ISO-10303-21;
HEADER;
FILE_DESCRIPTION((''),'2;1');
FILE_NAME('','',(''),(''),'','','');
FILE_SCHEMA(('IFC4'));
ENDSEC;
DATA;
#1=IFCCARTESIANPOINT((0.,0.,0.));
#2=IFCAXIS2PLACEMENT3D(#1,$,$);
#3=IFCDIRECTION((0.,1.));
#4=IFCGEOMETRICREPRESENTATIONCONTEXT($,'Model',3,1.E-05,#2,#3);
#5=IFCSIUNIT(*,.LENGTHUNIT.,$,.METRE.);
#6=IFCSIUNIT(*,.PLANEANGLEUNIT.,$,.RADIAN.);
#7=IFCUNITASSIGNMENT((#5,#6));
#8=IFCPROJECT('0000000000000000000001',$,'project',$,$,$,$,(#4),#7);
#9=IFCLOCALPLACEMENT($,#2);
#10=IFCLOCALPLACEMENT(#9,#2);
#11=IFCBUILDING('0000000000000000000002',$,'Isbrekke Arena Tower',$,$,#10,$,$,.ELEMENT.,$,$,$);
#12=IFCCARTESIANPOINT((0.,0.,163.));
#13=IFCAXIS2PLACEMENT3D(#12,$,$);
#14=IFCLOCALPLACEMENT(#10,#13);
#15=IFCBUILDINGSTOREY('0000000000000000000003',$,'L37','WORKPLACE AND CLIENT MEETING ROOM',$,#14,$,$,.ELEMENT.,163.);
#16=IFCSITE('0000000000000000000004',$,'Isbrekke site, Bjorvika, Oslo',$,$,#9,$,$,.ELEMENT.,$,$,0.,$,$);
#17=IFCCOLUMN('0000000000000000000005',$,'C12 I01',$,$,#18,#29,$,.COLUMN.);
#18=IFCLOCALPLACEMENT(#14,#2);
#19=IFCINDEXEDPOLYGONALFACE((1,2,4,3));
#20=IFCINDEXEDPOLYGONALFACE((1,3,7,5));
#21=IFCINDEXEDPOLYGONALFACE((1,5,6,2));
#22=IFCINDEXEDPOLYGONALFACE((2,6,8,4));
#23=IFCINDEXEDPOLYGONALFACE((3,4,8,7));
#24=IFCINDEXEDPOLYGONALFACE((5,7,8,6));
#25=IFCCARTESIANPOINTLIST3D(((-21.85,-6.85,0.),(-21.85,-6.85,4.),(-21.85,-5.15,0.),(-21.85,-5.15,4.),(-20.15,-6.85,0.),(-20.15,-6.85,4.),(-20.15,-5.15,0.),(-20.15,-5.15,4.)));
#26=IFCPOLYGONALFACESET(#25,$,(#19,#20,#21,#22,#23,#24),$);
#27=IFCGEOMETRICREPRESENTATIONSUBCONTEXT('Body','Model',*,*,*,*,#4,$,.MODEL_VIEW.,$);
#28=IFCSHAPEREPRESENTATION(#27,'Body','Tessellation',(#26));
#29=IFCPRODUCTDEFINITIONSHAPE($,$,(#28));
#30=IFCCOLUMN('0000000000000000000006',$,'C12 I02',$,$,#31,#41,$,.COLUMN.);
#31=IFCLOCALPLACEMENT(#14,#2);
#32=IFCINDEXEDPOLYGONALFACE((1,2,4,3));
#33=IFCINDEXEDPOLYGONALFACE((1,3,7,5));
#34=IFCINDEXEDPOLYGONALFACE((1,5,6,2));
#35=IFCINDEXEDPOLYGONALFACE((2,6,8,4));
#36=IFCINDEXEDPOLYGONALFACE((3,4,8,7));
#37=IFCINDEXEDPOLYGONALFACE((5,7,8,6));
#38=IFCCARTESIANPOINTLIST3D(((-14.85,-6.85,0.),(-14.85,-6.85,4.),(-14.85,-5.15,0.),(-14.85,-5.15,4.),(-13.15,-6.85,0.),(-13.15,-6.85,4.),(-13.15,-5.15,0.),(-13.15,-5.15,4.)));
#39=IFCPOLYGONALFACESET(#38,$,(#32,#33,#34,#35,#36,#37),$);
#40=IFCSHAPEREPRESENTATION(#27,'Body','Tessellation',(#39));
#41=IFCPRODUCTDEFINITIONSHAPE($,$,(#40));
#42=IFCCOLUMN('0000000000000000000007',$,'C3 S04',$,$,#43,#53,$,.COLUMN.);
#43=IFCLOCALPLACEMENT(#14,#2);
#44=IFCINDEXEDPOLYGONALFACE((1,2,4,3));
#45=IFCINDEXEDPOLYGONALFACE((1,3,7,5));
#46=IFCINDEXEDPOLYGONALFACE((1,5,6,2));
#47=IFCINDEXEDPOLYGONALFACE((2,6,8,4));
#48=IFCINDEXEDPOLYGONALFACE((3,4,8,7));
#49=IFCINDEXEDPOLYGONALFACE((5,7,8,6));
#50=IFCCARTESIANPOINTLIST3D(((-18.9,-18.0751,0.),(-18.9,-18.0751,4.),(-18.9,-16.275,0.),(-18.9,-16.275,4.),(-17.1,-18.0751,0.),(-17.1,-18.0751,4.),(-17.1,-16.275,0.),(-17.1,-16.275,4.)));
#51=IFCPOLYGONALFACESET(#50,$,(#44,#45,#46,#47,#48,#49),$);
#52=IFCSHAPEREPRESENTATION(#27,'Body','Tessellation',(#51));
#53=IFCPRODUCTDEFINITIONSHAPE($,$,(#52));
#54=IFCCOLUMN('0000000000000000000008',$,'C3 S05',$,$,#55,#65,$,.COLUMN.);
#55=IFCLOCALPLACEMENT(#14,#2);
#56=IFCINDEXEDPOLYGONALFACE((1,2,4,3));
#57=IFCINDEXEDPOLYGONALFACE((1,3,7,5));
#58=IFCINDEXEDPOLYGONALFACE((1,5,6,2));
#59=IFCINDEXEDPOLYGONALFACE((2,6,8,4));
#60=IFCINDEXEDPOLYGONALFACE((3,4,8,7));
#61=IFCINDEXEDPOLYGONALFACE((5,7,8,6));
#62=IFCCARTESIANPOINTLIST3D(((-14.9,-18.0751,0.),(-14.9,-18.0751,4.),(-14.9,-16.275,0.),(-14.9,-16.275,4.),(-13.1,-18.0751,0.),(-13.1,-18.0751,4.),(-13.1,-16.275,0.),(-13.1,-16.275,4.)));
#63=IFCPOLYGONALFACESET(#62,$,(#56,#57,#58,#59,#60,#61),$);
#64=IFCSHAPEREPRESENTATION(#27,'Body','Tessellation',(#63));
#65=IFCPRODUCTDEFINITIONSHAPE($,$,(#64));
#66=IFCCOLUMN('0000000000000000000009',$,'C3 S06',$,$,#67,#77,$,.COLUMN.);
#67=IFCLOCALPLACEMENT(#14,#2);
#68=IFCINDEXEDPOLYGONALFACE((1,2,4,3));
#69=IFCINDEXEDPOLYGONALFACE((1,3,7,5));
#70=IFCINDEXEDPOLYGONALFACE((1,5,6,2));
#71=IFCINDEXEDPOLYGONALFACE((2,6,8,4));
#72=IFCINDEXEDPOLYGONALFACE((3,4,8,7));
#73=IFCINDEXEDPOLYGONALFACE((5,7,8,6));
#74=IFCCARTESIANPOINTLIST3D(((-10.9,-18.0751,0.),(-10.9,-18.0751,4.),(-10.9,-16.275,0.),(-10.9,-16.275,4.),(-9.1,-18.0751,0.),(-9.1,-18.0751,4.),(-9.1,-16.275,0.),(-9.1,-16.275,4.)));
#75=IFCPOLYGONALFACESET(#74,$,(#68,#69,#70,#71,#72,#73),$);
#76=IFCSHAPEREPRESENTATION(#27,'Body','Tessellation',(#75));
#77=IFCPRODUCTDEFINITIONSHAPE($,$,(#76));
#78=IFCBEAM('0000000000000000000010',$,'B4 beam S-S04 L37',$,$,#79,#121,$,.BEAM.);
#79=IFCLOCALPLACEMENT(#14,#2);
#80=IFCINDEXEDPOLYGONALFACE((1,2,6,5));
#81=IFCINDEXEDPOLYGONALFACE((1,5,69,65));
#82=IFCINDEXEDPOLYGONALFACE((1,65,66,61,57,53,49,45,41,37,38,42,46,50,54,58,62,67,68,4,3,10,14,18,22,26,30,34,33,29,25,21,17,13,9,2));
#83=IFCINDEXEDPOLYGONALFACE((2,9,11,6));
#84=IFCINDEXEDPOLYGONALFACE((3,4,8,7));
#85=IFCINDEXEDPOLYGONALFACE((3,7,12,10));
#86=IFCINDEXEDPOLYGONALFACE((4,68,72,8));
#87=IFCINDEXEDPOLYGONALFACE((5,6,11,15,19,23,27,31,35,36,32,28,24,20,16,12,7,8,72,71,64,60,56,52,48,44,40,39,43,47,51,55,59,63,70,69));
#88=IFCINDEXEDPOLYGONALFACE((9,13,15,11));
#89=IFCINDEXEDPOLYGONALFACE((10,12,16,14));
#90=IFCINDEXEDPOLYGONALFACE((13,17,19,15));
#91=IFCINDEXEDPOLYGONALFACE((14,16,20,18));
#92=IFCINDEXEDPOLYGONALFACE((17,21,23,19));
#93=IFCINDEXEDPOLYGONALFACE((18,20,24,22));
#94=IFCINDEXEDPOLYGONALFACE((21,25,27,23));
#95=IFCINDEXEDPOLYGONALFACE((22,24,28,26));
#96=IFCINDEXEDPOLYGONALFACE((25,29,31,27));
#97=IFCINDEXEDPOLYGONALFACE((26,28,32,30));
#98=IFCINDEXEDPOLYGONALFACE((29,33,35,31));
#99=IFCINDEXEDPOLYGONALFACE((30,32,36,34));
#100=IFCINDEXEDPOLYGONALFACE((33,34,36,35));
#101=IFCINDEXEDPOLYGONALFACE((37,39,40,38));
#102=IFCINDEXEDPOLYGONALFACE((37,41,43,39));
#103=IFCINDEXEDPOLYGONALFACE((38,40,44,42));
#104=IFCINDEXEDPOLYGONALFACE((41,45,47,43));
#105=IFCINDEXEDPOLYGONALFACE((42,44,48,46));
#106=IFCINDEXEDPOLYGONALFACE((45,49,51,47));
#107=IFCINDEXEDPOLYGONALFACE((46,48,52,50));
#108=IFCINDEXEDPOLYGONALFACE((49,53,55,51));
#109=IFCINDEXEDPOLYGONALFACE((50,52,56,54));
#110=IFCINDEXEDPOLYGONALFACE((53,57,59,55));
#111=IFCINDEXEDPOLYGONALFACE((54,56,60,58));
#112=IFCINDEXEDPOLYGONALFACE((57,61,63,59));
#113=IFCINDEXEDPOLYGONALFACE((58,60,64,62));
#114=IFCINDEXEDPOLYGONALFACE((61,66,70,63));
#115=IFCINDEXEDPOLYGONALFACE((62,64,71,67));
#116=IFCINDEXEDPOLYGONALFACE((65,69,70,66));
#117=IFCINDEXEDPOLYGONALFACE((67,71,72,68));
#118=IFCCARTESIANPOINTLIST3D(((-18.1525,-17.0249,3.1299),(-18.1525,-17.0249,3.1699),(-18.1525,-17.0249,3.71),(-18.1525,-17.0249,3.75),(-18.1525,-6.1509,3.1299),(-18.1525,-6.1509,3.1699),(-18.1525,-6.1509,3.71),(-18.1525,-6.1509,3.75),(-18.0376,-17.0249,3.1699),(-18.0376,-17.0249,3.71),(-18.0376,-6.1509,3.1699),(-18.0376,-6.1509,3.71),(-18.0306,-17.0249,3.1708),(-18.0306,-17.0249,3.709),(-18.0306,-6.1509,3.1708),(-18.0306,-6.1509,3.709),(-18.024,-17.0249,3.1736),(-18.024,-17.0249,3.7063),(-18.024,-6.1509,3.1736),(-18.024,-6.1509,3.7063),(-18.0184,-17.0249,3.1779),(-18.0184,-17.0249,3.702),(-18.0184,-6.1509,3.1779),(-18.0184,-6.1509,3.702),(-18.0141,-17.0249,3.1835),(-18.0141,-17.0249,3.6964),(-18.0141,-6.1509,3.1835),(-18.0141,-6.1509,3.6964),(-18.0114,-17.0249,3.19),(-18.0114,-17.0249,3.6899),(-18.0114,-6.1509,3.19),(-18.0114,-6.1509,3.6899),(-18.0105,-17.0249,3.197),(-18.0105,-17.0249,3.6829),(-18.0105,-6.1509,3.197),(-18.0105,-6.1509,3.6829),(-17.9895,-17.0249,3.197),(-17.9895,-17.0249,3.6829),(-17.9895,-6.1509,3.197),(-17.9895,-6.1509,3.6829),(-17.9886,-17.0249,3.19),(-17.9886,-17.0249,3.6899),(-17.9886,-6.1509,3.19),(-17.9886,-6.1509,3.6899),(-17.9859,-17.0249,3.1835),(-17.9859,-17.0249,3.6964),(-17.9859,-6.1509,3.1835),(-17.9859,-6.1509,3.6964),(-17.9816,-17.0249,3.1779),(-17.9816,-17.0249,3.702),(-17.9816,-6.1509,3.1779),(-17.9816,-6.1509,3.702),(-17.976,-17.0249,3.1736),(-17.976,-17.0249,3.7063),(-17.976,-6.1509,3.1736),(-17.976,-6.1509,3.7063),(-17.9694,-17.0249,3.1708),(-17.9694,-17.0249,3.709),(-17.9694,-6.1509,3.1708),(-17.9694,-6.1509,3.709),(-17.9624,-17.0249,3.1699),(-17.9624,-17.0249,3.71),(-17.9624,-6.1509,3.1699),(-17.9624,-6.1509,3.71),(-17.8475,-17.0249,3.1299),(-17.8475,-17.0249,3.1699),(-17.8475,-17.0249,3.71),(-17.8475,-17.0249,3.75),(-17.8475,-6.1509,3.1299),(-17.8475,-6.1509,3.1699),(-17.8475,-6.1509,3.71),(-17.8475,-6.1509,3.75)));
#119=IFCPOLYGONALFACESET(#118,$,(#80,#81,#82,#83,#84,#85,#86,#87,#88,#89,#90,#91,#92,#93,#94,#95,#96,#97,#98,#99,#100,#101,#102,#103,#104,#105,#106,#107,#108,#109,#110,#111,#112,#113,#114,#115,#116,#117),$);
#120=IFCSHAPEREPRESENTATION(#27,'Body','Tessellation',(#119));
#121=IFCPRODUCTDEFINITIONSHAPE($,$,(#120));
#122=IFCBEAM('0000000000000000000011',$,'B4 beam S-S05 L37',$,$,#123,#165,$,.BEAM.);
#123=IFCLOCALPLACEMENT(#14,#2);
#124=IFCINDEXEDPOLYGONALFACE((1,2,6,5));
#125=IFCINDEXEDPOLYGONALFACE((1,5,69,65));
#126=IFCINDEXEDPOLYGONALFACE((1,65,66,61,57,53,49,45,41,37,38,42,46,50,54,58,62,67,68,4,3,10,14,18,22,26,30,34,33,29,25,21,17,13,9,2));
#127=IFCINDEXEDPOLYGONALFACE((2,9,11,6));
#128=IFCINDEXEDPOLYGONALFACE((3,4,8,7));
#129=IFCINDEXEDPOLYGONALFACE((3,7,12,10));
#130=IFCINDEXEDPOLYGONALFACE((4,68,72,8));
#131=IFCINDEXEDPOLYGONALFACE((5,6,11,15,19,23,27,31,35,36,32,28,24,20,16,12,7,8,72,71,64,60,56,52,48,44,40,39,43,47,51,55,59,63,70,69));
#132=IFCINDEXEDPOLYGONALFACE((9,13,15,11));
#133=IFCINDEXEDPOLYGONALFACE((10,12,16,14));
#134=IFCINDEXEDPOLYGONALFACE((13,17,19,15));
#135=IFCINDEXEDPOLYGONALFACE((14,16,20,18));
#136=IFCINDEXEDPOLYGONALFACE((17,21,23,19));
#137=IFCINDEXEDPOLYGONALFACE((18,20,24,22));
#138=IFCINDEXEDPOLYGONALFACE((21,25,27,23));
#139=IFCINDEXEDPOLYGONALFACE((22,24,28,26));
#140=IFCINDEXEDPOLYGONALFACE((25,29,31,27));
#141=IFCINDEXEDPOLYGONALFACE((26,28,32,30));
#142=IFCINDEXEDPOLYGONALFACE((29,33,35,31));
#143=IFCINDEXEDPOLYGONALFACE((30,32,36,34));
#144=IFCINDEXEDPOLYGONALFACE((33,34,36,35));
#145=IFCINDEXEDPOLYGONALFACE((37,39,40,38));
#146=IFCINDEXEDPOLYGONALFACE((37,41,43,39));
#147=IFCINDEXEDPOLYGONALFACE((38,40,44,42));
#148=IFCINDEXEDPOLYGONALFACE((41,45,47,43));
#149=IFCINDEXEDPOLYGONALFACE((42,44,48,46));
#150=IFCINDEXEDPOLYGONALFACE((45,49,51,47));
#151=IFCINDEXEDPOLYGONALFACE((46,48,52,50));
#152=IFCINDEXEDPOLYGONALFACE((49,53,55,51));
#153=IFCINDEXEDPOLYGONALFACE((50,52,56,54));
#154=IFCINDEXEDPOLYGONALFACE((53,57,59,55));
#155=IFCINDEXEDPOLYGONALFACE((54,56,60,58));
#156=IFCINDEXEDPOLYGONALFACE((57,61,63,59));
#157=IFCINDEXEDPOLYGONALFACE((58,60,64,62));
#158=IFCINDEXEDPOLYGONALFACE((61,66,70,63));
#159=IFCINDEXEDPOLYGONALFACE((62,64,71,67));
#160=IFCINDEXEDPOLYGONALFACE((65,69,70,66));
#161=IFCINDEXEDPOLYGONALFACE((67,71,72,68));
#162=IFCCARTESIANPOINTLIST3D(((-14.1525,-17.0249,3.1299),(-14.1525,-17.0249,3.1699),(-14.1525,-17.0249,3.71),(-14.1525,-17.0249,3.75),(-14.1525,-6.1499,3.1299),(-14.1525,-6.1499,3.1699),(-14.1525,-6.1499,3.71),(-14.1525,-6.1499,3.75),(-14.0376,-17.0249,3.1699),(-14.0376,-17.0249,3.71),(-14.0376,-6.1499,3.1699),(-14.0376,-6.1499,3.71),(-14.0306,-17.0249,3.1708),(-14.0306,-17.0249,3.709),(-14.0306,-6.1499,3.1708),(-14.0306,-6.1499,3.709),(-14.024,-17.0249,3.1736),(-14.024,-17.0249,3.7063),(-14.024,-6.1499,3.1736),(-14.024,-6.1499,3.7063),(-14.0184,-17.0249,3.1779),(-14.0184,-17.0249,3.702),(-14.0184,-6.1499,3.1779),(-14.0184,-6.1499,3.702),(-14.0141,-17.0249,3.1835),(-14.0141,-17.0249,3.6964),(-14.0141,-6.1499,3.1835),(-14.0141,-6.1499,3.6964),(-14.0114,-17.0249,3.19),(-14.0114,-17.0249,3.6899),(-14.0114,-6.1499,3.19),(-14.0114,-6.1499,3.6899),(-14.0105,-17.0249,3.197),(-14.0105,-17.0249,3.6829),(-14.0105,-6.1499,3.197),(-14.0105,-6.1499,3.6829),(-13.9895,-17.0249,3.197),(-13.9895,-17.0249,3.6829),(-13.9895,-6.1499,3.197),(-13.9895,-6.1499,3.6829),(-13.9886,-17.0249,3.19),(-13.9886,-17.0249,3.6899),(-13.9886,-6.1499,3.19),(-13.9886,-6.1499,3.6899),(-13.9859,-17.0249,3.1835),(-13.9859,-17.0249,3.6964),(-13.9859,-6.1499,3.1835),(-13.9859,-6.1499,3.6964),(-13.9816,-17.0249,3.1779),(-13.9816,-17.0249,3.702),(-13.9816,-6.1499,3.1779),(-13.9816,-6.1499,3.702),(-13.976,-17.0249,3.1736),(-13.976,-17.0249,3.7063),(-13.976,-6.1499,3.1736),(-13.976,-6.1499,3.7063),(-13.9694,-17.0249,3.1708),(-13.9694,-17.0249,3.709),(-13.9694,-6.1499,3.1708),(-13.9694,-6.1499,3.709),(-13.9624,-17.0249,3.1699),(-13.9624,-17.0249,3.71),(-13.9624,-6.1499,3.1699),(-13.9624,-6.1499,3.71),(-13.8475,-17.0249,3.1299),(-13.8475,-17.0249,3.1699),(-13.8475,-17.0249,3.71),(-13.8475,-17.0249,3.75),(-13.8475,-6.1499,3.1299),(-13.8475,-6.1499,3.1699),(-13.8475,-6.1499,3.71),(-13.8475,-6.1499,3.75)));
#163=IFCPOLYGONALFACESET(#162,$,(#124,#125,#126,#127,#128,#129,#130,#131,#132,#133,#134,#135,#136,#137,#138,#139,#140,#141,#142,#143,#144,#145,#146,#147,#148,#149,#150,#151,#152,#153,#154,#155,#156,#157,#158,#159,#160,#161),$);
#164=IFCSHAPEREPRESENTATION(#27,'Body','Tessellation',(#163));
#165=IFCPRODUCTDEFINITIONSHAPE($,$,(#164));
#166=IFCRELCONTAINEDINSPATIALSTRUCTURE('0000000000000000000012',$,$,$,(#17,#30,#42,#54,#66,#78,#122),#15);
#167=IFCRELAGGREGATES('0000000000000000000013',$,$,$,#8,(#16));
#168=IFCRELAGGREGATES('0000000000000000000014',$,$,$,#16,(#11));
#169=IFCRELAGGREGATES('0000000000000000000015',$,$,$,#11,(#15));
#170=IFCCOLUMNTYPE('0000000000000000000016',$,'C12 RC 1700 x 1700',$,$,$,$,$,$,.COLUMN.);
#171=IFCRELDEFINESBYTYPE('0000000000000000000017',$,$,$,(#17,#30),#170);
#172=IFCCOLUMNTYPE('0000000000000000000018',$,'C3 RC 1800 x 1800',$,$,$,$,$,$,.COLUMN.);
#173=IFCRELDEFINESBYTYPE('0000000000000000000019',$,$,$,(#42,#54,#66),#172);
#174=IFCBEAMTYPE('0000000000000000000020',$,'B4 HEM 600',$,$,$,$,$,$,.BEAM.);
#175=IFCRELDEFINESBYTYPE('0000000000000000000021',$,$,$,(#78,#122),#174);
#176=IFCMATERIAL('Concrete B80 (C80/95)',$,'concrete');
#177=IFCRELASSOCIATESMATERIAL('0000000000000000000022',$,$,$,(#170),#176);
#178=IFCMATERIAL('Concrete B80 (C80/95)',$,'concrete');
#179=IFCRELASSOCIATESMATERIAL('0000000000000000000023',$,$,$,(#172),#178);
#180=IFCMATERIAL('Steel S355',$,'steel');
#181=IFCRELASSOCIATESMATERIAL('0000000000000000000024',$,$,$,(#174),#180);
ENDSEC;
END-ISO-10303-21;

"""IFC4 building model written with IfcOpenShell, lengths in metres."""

from ifc_helpers import new_model, si_unit, direction, frame, origin, origin_2d, place, context, subcontext, project, spatial, rectangle, i_section, extrude, material, material_profile, profile_set, type_object, element, save


model = new_model("IFC4")

# Units and contexts
model_context = context("Model", 3, precision=1e-05, world=origin(), true_north=direction((0.0, 1.0)))
body_context = subcontext(model_context, "Body", "Model", "MODEL_VIEW")
ifc_project = project(units=[si_unit("LENGTHUNIT", "METRE"), si_unit("PLANEANGLEUNIT", "RADIAN")], contexts=[model_context])

# Site, building, storey
site_placement = place(None, origin())
site = spatial("IfcSite", under=ifc_project, at=site_placement, Name="Isbrekke site, Bjorvika, Oslo", CompositionType="ELEMENT", RefElevation=0.0)
building_placement = place(site_placement, origin())
building = spatial("IfcBuilding", under=site, at=building_placement, Name="Isbrekke Arena Tower", CompositionType="ELEMENT")
storey_placement = place(building_placement, frame((0.0, 0.0, 163.0)))
storey = spatial("IfcBuildingStorey", under=building, at=storey_placement, Name="L37", Description="WORKPLACE AND CLIENT MEETING ROOM", CompositionType="ELEMENT", Elevation=163.0)

# Columns
ifc_material_1 = material(Name="Concrete B80 (C80/95)", Category="concrete")
ifc_material_profile_1 = material_profile(ifc_material_1, rectangle(XDim=1.7, YDim=1.7, at=origin_2d()), Name="RC 1700x1700")
ifc_profile_set_1 = profile_set([ifc_material_profile_1], Name="Concrete B80 (C80/95)")
column_type_1 = type_object("IfcColumnType", Name="C12 RC 1700 x 1700", PredefinedType="COLUMN", material=ifc_profile_set_1)
for number, where, z_axis, x_axis, name in (
    (1, (-21.0, -6.0, 0.0), (0.0, 0.0, 1.0), (1.0, 0.0, 0.0), "C12 I01"),
    (2, (-14.0, -6.0, 0.0), (0.0, 0.0, 1.0), (1.0, 0.0, 0.0), "C12 I02"),
):
    element("IfcColumn", number, at=place(storey_placement, frame(where, z_axis=z_axis, x_axis=x_axis)), inside=storey, type_object=column_type_1, Name=name, PredefinedType="COLUMN", context=body_context, shape_type="SweptSolid", body=[
        extrude(rectangle(XDim=1.7, YDim=1.7, at=origin_2d()), origin(), (0.0, 0.0, 1.0), 4.0),
    ])
ifc_material_2 = material(Name="Concrete B80 (C80/95)", Category="concrete")
ifc_material_profile_2 = material_profile(ifc_material_2, rectangle(XDim=1.8, YDim=1.8, at=origin_2d()), Name="RC 1800x1800")
ifc_profile_set_2 = profile_set([ifc_material_profile_2], Name="Concrete B80 (C80/95)")
column_type_2 = type_object("IfcColumnType", Name="C3 RC 1800 x 1800", PredefinedType="COLUMN", material=ifc_profile_set_2)
for number, where, z_axis, x_axis, name in (
    (3, (-18.0, -17.175, 0.0), (0.0, 0.0, 1.0), (1.0, 0.0, 0.0), "C3 S04"),
    (4, (-14.0, -17.175, 0.0), (0.0, 0.0, 1.0), (1.0, 0.0, 0.0), "C3 S05"),
    (5, (-10.0, -17.175, 0.0), (0.0, 0.0, 1.0), (1.0, 0.0, 0.0), "C3 S06"),
):
    element("IfcColumn", number, at=place(storey_placement, frame(where, z_axis=z_axis, x_axis=x_axis)), inside=storey, type_object=column_type_2, Name=name, PredefinedType="COLUMN", context=body_context, shape_type="SweptSolid", body=[
        extrude(rectangle(XDim=1.8, YDim=1.8, at=origin_2d()), origin(), (0.0, 0.0, 1.0), 4.0),
    ])

# Beams
ifc_material_3 = material(Name="Steel S355", Category="steel")
ifc_material_profile_3 = material_profile(ifc_material_3, i_section(OverallWidth=0.3049, OverallDepth=0.6201, WebThickness=0.021, FlangeThickness=0.04, FilletRadius=0.0271, at=origin_2d()), Name="HEM 600")
ifc_profile_set_3 = profile_set([ifc_material_profile_3], Name="Steel S355")
beam_type_1 = type_object("IfcBeamType", Name="B4 HEM 600", PredefinedType="BEAM", material=ifc_profile_set_3)
beam_1_placement = place(storey_placement, frame((-18.0, -17.0249, 3.4399), z_axis=(0.0, 1.0, 0.0), x_axis=(-1.0, 0.0, 0.0)))
element("IfcBeam", 6, at=beam_1_placement, inside=storey, type_object=beam_type_1, Name="B4 beam S-S04 L37", PredefinedType="BEAM", context=body_context, shape_type="SweptSolid", body=[
    extrude(i_section(OverallWidth=0.3049, OverallDepth=0.6201, WebThickness=0.021, FlangeThickness=0.04, FilletRadius=0.0271, at=origin_2d()), origin(), (0.0, 0.0, 1.0), 10.874),
])
beam_2_placement = place(storey_placement, frame((-14.0, -17.0249, 3.4399), z_axis=(0.0, 1.0, 0.0), x_axis=(-1.0, 0.0, 0.0)))
element("IfcBeam", 7, at=beam_2_placement, inside=storey, type_object=beam_type_1, Name="B4 beam S-S05 L37", PredefinedType="BEAM", context=body_context, shape_type="SweptSolid", body=[
    extrude(i_section(OverallWidth=0.3049, OverallDepth=0.6201, WebThickness=0.021, FlangeThickness=0.04, FilletRadius=0.0271, at=origin_2d()), origin(), (0.0, 0.0, 1.0), 10.875),
])

save(model, "model.ifc")
